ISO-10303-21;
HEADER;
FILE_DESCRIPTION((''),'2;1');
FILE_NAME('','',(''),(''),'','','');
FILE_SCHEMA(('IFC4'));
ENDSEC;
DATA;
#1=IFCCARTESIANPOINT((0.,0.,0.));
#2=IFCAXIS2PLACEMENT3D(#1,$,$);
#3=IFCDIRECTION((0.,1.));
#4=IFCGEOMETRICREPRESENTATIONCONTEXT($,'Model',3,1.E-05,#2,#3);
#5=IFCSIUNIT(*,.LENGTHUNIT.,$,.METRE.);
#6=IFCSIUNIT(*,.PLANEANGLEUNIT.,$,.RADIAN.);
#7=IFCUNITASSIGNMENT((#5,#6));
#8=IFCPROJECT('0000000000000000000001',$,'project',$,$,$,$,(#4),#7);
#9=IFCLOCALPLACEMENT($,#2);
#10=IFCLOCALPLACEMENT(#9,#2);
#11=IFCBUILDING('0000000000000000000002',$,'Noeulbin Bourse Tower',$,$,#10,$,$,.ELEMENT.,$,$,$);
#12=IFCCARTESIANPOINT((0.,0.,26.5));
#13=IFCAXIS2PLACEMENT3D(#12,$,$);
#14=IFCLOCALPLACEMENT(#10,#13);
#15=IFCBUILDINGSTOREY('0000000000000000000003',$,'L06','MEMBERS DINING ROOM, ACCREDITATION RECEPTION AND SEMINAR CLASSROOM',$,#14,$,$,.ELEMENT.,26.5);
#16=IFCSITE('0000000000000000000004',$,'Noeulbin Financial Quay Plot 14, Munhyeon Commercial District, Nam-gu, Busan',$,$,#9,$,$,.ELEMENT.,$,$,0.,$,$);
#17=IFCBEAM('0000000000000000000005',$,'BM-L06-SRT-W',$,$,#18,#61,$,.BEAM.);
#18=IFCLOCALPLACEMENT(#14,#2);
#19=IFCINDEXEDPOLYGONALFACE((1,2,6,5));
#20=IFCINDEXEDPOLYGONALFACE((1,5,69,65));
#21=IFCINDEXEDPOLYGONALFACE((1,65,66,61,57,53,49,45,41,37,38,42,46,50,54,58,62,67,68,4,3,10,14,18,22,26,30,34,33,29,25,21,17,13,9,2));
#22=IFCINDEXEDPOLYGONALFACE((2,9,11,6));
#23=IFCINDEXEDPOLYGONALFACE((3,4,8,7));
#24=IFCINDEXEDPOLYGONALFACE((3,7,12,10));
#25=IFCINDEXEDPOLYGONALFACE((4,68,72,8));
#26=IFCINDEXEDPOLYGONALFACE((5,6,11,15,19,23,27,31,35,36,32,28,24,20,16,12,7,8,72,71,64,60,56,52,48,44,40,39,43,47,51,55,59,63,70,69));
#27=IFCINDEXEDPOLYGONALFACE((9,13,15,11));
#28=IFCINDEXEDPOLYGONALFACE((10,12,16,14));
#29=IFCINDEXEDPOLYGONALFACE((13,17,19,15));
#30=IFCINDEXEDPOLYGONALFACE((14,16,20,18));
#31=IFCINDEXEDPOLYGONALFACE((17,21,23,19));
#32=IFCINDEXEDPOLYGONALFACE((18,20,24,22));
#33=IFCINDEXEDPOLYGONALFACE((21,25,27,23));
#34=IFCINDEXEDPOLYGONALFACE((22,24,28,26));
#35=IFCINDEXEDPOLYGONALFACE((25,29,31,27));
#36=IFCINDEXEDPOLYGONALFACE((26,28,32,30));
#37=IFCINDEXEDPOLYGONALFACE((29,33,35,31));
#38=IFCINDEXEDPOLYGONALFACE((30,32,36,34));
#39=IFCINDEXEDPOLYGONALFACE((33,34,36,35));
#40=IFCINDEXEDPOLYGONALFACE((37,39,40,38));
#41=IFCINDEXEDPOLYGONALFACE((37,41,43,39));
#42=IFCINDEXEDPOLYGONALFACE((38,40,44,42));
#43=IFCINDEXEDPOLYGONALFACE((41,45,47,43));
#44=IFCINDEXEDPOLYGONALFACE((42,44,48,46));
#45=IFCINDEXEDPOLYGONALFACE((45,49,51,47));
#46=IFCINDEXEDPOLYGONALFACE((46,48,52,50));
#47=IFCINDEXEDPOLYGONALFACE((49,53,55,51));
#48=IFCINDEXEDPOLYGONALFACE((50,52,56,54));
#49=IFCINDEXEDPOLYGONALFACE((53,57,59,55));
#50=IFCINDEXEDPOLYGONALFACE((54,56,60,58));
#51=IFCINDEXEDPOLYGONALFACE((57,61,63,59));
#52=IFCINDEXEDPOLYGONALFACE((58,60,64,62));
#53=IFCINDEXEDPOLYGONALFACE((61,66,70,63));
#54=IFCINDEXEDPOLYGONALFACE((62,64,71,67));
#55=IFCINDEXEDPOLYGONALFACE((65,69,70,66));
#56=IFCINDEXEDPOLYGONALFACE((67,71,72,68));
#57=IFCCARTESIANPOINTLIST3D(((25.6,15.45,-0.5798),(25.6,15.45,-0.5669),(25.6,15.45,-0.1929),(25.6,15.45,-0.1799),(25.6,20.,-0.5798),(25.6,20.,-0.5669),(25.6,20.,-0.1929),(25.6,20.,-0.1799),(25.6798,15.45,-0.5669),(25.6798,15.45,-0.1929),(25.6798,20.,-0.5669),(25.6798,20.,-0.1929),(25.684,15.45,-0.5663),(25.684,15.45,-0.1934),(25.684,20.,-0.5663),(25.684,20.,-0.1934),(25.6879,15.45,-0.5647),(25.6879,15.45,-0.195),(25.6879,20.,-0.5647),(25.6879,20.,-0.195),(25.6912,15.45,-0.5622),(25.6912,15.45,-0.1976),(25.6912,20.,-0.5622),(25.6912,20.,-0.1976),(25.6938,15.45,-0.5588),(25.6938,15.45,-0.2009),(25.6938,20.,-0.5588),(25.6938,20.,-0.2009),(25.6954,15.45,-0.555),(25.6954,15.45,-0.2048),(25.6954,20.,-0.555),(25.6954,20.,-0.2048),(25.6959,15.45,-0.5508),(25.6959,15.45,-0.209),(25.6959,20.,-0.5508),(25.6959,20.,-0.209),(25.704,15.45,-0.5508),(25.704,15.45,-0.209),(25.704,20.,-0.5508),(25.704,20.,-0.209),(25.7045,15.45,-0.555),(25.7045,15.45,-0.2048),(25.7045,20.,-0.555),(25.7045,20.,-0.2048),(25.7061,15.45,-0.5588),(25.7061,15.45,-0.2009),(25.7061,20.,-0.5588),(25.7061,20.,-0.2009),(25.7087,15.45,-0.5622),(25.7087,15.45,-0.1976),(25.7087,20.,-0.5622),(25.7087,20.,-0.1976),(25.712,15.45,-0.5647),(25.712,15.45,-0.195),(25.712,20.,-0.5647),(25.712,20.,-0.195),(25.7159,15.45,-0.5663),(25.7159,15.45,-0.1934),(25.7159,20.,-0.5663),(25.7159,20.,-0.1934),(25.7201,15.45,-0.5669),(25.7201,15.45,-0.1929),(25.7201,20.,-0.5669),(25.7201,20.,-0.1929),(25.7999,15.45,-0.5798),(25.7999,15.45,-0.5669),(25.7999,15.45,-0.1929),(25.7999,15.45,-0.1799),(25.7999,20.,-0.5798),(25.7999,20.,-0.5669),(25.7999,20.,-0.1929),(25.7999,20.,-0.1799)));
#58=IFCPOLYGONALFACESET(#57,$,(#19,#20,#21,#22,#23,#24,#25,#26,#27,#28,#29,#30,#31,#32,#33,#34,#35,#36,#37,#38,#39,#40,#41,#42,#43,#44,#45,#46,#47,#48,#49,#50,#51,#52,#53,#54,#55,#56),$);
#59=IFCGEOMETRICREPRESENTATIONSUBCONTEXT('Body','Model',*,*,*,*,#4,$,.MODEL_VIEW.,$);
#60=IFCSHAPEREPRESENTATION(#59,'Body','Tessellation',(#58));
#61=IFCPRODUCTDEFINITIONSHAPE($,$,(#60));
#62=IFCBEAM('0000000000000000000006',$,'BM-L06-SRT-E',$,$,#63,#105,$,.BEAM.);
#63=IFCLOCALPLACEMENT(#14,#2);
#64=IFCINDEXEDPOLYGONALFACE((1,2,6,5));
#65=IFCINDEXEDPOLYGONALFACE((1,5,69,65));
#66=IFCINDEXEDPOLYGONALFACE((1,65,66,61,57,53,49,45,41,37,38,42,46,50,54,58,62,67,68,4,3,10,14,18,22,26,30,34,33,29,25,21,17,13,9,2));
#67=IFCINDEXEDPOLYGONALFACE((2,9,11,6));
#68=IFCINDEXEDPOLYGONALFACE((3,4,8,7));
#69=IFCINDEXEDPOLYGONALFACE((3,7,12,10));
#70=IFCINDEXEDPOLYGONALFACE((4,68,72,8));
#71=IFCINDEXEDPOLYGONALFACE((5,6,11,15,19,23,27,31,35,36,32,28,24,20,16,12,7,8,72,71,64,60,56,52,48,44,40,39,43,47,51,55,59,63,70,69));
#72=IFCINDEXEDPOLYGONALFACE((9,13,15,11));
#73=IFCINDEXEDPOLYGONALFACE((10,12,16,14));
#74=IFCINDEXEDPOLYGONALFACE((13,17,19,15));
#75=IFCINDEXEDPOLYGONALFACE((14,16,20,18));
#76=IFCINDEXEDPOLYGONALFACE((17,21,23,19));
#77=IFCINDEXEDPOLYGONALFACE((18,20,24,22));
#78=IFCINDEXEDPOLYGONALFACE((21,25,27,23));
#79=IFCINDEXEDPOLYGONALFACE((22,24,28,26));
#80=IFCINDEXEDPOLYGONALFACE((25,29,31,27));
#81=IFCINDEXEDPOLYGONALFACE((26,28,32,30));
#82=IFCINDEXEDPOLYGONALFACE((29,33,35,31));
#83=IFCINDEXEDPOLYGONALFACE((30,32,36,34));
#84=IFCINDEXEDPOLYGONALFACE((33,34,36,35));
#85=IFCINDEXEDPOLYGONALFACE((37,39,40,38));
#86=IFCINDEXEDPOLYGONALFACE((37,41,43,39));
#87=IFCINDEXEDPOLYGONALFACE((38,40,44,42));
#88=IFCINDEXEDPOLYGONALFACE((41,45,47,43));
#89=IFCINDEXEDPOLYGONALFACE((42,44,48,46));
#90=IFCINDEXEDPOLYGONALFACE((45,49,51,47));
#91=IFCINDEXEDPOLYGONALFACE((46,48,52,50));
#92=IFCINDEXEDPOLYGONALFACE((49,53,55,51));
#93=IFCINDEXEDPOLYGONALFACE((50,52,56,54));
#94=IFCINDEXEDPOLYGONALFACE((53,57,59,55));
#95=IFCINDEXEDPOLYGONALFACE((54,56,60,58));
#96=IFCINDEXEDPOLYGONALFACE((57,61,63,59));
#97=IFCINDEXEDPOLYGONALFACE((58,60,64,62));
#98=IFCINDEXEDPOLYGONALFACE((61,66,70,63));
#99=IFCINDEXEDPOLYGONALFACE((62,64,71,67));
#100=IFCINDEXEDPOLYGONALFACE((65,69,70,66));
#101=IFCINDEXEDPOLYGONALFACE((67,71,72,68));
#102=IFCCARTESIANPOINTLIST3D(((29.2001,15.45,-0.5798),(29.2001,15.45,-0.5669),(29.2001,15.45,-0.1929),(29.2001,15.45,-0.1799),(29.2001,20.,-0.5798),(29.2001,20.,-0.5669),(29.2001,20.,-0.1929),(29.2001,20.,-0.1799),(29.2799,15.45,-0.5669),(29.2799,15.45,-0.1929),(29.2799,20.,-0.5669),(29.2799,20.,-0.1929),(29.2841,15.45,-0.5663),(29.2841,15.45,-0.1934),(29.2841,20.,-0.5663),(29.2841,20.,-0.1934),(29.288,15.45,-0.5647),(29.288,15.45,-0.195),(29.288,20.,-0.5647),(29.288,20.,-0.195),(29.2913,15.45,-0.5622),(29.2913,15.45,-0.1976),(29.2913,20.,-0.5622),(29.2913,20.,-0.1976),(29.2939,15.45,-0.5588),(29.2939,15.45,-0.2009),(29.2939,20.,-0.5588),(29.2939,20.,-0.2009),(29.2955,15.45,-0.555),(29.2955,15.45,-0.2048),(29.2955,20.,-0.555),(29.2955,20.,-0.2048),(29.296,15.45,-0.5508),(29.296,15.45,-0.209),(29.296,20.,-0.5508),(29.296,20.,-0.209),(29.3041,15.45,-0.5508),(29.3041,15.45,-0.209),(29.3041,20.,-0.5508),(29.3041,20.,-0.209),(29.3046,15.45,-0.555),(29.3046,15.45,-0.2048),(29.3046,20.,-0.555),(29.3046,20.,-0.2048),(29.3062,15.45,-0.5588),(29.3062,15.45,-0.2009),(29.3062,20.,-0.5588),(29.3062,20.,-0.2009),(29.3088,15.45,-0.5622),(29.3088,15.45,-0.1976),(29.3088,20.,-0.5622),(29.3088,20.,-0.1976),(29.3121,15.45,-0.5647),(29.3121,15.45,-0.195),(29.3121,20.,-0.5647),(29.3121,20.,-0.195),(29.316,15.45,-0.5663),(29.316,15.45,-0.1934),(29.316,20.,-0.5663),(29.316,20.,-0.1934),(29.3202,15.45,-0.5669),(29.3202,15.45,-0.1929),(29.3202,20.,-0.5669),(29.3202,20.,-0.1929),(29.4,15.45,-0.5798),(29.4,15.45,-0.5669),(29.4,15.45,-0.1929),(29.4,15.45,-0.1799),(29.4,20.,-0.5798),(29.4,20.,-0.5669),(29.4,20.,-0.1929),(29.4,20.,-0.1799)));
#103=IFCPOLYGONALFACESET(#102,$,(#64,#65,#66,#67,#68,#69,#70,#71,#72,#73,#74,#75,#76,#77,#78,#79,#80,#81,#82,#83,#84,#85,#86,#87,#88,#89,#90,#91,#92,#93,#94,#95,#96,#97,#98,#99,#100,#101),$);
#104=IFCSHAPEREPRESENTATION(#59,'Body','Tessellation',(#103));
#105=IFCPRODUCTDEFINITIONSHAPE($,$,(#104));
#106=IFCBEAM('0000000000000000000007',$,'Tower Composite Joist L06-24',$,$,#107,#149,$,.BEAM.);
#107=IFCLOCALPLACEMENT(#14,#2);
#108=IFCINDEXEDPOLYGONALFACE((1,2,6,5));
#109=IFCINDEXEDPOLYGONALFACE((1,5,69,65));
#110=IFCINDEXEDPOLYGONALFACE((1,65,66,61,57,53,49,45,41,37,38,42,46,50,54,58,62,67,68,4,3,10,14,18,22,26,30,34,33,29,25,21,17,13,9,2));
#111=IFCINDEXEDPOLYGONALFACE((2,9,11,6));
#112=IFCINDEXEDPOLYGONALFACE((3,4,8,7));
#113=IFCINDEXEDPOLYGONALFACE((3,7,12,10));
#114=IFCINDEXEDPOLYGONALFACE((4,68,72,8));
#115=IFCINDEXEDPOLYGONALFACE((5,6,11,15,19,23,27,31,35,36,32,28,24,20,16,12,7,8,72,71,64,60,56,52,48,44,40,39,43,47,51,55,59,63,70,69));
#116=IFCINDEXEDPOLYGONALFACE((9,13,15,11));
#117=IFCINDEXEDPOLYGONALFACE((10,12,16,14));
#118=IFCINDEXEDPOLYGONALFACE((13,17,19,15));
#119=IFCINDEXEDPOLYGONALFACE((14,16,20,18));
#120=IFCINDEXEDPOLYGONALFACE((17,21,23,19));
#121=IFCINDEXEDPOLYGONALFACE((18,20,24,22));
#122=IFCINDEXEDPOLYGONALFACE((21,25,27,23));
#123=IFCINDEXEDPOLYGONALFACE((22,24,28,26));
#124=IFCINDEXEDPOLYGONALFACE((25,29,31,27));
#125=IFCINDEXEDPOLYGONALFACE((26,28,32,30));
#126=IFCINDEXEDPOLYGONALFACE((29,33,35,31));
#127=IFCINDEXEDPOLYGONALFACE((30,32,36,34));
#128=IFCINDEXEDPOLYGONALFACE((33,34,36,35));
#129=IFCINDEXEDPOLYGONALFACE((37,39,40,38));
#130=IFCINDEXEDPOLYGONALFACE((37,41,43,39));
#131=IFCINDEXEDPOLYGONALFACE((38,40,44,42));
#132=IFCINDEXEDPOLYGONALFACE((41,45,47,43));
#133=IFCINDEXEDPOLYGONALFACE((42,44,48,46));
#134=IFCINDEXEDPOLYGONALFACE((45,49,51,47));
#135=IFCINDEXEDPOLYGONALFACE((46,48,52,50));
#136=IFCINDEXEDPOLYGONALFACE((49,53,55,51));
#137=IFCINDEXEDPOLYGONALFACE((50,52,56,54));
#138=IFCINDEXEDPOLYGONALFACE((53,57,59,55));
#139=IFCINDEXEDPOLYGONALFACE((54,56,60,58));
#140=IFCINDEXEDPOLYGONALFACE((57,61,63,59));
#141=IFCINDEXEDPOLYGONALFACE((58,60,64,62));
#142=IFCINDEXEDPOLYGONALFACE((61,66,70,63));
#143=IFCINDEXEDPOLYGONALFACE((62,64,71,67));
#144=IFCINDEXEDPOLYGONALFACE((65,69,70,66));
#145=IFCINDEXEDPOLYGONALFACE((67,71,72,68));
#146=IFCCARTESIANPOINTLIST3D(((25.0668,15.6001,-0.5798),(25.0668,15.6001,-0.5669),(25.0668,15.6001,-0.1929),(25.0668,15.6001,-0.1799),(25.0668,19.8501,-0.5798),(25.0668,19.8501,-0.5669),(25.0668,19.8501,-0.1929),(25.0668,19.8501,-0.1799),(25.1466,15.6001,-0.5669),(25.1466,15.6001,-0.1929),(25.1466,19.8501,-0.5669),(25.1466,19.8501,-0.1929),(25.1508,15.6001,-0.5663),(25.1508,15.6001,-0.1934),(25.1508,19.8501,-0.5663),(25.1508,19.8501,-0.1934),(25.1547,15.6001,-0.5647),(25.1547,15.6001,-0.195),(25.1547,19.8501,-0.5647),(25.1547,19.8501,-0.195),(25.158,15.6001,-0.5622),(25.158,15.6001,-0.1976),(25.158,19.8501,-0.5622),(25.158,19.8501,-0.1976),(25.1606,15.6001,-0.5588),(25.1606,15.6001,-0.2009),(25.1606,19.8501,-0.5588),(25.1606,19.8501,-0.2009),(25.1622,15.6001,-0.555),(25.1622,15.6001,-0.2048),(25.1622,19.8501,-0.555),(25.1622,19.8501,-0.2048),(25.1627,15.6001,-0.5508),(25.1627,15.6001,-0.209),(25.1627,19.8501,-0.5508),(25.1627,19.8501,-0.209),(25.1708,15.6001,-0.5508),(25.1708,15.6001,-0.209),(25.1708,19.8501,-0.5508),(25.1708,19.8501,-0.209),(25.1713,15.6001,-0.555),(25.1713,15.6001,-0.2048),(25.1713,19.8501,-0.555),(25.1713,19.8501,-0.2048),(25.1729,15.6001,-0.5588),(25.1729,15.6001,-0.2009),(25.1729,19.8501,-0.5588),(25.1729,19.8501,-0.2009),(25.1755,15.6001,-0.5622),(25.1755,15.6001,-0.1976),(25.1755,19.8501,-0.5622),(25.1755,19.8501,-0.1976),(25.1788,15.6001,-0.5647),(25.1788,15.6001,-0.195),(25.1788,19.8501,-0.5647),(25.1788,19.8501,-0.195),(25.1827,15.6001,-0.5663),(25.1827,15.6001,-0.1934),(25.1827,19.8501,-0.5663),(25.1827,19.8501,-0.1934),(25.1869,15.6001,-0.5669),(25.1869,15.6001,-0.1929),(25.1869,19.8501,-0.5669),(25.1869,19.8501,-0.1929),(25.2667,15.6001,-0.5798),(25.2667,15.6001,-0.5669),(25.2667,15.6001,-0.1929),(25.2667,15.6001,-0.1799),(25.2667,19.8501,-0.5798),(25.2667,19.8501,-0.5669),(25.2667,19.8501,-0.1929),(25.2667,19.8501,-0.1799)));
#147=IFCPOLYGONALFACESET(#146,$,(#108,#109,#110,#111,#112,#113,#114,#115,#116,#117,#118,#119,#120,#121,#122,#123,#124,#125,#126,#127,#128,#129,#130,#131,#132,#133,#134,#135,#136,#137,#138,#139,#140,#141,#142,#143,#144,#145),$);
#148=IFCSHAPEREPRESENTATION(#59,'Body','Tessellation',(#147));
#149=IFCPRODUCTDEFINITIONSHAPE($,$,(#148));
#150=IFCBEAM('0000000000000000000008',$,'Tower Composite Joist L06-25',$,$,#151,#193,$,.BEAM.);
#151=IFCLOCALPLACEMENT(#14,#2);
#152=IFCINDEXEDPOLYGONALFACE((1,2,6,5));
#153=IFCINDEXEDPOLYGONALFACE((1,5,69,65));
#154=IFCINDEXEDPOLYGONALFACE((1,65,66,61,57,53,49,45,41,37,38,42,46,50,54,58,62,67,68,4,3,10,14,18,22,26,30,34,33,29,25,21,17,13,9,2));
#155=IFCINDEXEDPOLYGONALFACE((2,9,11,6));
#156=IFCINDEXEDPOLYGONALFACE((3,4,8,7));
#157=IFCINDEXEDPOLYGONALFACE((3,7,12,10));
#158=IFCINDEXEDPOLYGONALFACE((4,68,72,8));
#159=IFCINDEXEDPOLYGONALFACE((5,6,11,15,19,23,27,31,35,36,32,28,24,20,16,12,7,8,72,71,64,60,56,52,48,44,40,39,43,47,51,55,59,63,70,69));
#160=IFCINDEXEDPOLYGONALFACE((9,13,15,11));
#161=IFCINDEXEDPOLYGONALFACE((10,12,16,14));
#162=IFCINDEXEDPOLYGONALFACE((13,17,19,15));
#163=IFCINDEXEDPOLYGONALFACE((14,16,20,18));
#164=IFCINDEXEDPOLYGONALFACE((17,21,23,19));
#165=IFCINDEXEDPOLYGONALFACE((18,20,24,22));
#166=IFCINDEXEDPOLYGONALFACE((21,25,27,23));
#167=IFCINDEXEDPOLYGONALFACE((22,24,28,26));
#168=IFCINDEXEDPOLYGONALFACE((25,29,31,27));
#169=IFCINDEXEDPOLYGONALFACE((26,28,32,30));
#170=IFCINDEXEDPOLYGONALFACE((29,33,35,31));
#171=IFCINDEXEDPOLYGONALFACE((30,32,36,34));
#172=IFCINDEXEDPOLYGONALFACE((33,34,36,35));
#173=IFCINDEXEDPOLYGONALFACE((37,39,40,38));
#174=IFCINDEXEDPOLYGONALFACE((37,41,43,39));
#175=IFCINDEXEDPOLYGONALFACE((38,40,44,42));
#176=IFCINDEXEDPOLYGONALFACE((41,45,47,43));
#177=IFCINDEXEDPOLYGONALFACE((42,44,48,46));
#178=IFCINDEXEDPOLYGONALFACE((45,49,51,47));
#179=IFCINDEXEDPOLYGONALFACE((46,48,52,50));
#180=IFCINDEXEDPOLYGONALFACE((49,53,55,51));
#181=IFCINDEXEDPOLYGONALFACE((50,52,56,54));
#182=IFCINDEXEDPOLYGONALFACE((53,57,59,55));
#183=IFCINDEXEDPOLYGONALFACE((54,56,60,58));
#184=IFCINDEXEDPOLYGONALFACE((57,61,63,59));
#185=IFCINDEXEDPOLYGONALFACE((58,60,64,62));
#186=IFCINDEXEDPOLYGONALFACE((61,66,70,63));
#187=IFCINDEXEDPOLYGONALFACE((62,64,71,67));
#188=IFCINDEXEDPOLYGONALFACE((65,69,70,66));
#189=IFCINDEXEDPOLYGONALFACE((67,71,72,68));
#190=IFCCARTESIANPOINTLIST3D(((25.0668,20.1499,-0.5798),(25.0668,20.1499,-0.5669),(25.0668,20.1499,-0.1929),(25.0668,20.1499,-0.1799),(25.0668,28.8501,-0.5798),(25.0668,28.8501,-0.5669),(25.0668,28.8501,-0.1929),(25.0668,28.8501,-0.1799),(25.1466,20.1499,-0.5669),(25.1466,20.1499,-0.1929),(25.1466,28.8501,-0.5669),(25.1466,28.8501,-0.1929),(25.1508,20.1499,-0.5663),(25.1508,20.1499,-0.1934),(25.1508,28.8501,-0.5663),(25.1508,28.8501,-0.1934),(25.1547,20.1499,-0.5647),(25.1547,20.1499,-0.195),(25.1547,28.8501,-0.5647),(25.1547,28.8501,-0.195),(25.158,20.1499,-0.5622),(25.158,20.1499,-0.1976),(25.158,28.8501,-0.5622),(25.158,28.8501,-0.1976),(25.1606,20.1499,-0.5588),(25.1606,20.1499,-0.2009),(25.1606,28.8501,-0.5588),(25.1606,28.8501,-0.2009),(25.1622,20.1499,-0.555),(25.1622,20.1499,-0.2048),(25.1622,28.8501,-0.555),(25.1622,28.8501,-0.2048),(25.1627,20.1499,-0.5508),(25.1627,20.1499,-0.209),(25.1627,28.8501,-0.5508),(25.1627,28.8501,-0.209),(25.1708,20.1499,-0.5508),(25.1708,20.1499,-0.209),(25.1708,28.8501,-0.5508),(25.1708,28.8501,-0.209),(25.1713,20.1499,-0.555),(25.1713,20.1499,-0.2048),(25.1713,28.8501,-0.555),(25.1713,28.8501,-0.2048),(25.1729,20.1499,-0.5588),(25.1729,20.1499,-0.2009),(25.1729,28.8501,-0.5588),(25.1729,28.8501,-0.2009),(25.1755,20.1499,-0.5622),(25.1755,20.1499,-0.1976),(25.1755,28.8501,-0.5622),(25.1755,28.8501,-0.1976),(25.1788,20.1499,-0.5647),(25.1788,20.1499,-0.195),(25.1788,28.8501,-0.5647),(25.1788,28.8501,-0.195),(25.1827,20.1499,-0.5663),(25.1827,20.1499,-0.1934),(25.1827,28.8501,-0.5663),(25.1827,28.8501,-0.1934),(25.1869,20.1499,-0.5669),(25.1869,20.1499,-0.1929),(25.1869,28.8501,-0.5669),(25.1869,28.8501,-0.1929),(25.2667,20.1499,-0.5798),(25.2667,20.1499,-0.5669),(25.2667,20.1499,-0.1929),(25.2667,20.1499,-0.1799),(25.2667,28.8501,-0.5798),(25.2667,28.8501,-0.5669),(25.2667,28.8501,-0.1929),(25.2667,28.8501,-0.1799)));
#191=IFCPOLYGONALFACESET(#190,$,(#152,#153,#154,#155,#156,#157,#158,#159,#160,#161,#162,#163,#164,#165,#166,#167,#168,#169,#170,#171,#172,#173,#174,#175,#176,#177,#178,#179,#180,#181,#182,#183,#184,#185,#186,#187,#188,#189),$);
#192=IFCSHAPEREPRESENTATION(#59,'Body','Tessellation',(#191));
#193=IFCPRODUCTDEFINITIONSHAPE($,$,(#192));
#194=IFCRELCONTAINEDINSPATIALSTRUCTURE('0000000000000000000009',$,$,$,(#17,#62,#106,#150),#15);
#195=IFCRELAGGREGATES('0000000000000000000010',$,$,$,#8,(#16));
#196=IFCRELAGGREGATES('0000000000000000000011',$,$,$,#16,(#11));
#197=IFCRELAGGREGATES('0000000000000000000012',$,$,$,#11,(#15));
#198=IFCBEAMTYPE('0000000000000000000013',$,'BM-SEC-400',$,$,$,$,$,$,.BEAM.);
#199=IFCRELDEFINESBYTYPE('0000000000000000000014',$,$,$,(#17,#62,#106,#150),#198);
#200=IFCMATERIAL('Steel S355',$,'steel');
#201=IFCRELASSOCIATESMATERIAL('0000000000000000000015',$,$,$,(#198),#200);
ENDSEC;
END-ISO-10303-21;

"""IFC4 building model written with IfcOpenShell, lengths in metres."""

from ifc_helpers import new_model, si_unit, direction, frame, origin, origin_2d, place, context, subcontext, project, spatial, i_section, extrude, material, material_profile, profile_set, type_object, element, save


model = new_model("IFC4")

# Units and contexts
model_context = context("Model", 3, precision=1e-05, world=origin(), true_north=direction((0.0, 1.0)))
body_context = subcontext(model_context, "Body", "Model", "MODEL_VIEW")
ifc_project = project(units=[si_unit("LENGTHUNIT", "METRE"), si_unit("PLANEANGLEUNIT", "RADIAN")], contexts=[model_context])

# Site, building, storey
site_placement = place(None, origin())
site = spatial("IfcSite", under=ifc_project, at=site_placement, Name="Noeulbin Financial Quay Plot 14, Munhyeon Commercial District, Nam-gu, Busan", CompositionType="ELEMENT", RefElevation=0.0)
building_placement = place(site_placement, origin())
building = spatial("IfcBuilding", under=site, at=building_placement, Name="Noeulbin Bourse Tower", CompositionType="ELEMENT")
storey_placement = place(building_placement, frame((0.0, 0.0, 26.5)))
storey = spatial("IfcBuildingStorey", under=building, at=storey_placement, Name="L06", Description="MEMBERS DINING ROOM, ACCREDITATION RECEPTION AND SEMINAR CLASSROOM", CompositionType="ELEMENT", Elevation=26.5)

# Beams
ifc_material_1 = material(Name="Steel S355", Category="steel")
ifc_material_profile_1 = material_profile(ifc_material_1, i_section(OverallWidth=0.2, OverallDepth=0.3999, WebThickness=0.0081, FlangeThickness=0.0129, FilletRadius=0.0161, at=origin_2d()), Name="H-400x200x8x13", Category="LoadBearing")
ifc_profile_set_1 = profile_set([ifc_material_profile_1], Name="Steel S355")
beam_type_1 = type_object("IfcBeamType", Name="BM-SEC-400", PredefinedType="BEAM", material=ifc_profile_set_1)
for number, where, z_axis, x_axis, name in (
    (1, (25.7, 15.45, -0.3799), (0.0, 1.0, 0.0), (-1.0, 0.0, 0.0), "BM-L06-SRT-W"),
    (2, (29.3, 15.45, -0.3799), (0.0, 1.0, 0.0), (-1.0, 0.0, 0.0), "BM-L06-SRT-E"),
):
    element("IfcBeam", number, at=place(storey_placement, frame(where, z_axis=z_axis, x_axis=x_axis)), inside=storey, type_object=beam_type_1, Name=name, PredefinedType="BEAM", context=body_context, shape_type="SweptSolid", body=[
        extrude(i_section(OverallWidth=0.2, OverallDepth=0.3999, WebThickness=0.0081, FlangeThickness=0.0129, FilletRadius=0.0161, at=origin_2d()), origin(), (0.0, 0.0, 1.0), 4.55),
    ])
beam_1_placement = place(storey_placement, frame((25.1667, 15.6001, -0.3799), z_axis=(0.0, 1.0, 0.0), x_axis=(-1.0, 0.0, 0.0)))
element("IfcBeam", 3, at=beam_1_placement, inside=storey, type_object=beam_type_1, Name="Tower Composite Joist L06-24", PredefinedType="BEAM", context=body_context, shape_type="SweptSolid", body=[
    extrude(i_section(OverallWidth=0.2, OverallDepth=0.3999, WebThickness=0.0081, FlangeThickness=0.0129, FilletRadius=0.0161, at=origin_2d()), origin(), (0.0, 0.0, 1.0), 4.25),
])
beam_2_placement = place(storey_placement, frame((25.1667, 20.1499, -0.3799), z_axis=(0.0, 1.0, 0.0), x_axis=(-1.0, 0.0, 0.0)))
element("IfcBeam", 4, at=beam_2_placement, inside=storey, type_object=beam_type_1, Name="Tower Composite Joist L06-25", PredefinedType="BEAM", context=body_context, shape_type="SweptSolid", body=[
    extrude(i_section(OverallWidth=0.2, OverallDepth=0.3999, WebThickness=0.0081, FlangeThickness=0.0129, FilletRadius=0.0161, at=origin_2d()), origin(), (0.0, 0.0, 1.0), 8.7002),
])

save(model, "model.ifc")
